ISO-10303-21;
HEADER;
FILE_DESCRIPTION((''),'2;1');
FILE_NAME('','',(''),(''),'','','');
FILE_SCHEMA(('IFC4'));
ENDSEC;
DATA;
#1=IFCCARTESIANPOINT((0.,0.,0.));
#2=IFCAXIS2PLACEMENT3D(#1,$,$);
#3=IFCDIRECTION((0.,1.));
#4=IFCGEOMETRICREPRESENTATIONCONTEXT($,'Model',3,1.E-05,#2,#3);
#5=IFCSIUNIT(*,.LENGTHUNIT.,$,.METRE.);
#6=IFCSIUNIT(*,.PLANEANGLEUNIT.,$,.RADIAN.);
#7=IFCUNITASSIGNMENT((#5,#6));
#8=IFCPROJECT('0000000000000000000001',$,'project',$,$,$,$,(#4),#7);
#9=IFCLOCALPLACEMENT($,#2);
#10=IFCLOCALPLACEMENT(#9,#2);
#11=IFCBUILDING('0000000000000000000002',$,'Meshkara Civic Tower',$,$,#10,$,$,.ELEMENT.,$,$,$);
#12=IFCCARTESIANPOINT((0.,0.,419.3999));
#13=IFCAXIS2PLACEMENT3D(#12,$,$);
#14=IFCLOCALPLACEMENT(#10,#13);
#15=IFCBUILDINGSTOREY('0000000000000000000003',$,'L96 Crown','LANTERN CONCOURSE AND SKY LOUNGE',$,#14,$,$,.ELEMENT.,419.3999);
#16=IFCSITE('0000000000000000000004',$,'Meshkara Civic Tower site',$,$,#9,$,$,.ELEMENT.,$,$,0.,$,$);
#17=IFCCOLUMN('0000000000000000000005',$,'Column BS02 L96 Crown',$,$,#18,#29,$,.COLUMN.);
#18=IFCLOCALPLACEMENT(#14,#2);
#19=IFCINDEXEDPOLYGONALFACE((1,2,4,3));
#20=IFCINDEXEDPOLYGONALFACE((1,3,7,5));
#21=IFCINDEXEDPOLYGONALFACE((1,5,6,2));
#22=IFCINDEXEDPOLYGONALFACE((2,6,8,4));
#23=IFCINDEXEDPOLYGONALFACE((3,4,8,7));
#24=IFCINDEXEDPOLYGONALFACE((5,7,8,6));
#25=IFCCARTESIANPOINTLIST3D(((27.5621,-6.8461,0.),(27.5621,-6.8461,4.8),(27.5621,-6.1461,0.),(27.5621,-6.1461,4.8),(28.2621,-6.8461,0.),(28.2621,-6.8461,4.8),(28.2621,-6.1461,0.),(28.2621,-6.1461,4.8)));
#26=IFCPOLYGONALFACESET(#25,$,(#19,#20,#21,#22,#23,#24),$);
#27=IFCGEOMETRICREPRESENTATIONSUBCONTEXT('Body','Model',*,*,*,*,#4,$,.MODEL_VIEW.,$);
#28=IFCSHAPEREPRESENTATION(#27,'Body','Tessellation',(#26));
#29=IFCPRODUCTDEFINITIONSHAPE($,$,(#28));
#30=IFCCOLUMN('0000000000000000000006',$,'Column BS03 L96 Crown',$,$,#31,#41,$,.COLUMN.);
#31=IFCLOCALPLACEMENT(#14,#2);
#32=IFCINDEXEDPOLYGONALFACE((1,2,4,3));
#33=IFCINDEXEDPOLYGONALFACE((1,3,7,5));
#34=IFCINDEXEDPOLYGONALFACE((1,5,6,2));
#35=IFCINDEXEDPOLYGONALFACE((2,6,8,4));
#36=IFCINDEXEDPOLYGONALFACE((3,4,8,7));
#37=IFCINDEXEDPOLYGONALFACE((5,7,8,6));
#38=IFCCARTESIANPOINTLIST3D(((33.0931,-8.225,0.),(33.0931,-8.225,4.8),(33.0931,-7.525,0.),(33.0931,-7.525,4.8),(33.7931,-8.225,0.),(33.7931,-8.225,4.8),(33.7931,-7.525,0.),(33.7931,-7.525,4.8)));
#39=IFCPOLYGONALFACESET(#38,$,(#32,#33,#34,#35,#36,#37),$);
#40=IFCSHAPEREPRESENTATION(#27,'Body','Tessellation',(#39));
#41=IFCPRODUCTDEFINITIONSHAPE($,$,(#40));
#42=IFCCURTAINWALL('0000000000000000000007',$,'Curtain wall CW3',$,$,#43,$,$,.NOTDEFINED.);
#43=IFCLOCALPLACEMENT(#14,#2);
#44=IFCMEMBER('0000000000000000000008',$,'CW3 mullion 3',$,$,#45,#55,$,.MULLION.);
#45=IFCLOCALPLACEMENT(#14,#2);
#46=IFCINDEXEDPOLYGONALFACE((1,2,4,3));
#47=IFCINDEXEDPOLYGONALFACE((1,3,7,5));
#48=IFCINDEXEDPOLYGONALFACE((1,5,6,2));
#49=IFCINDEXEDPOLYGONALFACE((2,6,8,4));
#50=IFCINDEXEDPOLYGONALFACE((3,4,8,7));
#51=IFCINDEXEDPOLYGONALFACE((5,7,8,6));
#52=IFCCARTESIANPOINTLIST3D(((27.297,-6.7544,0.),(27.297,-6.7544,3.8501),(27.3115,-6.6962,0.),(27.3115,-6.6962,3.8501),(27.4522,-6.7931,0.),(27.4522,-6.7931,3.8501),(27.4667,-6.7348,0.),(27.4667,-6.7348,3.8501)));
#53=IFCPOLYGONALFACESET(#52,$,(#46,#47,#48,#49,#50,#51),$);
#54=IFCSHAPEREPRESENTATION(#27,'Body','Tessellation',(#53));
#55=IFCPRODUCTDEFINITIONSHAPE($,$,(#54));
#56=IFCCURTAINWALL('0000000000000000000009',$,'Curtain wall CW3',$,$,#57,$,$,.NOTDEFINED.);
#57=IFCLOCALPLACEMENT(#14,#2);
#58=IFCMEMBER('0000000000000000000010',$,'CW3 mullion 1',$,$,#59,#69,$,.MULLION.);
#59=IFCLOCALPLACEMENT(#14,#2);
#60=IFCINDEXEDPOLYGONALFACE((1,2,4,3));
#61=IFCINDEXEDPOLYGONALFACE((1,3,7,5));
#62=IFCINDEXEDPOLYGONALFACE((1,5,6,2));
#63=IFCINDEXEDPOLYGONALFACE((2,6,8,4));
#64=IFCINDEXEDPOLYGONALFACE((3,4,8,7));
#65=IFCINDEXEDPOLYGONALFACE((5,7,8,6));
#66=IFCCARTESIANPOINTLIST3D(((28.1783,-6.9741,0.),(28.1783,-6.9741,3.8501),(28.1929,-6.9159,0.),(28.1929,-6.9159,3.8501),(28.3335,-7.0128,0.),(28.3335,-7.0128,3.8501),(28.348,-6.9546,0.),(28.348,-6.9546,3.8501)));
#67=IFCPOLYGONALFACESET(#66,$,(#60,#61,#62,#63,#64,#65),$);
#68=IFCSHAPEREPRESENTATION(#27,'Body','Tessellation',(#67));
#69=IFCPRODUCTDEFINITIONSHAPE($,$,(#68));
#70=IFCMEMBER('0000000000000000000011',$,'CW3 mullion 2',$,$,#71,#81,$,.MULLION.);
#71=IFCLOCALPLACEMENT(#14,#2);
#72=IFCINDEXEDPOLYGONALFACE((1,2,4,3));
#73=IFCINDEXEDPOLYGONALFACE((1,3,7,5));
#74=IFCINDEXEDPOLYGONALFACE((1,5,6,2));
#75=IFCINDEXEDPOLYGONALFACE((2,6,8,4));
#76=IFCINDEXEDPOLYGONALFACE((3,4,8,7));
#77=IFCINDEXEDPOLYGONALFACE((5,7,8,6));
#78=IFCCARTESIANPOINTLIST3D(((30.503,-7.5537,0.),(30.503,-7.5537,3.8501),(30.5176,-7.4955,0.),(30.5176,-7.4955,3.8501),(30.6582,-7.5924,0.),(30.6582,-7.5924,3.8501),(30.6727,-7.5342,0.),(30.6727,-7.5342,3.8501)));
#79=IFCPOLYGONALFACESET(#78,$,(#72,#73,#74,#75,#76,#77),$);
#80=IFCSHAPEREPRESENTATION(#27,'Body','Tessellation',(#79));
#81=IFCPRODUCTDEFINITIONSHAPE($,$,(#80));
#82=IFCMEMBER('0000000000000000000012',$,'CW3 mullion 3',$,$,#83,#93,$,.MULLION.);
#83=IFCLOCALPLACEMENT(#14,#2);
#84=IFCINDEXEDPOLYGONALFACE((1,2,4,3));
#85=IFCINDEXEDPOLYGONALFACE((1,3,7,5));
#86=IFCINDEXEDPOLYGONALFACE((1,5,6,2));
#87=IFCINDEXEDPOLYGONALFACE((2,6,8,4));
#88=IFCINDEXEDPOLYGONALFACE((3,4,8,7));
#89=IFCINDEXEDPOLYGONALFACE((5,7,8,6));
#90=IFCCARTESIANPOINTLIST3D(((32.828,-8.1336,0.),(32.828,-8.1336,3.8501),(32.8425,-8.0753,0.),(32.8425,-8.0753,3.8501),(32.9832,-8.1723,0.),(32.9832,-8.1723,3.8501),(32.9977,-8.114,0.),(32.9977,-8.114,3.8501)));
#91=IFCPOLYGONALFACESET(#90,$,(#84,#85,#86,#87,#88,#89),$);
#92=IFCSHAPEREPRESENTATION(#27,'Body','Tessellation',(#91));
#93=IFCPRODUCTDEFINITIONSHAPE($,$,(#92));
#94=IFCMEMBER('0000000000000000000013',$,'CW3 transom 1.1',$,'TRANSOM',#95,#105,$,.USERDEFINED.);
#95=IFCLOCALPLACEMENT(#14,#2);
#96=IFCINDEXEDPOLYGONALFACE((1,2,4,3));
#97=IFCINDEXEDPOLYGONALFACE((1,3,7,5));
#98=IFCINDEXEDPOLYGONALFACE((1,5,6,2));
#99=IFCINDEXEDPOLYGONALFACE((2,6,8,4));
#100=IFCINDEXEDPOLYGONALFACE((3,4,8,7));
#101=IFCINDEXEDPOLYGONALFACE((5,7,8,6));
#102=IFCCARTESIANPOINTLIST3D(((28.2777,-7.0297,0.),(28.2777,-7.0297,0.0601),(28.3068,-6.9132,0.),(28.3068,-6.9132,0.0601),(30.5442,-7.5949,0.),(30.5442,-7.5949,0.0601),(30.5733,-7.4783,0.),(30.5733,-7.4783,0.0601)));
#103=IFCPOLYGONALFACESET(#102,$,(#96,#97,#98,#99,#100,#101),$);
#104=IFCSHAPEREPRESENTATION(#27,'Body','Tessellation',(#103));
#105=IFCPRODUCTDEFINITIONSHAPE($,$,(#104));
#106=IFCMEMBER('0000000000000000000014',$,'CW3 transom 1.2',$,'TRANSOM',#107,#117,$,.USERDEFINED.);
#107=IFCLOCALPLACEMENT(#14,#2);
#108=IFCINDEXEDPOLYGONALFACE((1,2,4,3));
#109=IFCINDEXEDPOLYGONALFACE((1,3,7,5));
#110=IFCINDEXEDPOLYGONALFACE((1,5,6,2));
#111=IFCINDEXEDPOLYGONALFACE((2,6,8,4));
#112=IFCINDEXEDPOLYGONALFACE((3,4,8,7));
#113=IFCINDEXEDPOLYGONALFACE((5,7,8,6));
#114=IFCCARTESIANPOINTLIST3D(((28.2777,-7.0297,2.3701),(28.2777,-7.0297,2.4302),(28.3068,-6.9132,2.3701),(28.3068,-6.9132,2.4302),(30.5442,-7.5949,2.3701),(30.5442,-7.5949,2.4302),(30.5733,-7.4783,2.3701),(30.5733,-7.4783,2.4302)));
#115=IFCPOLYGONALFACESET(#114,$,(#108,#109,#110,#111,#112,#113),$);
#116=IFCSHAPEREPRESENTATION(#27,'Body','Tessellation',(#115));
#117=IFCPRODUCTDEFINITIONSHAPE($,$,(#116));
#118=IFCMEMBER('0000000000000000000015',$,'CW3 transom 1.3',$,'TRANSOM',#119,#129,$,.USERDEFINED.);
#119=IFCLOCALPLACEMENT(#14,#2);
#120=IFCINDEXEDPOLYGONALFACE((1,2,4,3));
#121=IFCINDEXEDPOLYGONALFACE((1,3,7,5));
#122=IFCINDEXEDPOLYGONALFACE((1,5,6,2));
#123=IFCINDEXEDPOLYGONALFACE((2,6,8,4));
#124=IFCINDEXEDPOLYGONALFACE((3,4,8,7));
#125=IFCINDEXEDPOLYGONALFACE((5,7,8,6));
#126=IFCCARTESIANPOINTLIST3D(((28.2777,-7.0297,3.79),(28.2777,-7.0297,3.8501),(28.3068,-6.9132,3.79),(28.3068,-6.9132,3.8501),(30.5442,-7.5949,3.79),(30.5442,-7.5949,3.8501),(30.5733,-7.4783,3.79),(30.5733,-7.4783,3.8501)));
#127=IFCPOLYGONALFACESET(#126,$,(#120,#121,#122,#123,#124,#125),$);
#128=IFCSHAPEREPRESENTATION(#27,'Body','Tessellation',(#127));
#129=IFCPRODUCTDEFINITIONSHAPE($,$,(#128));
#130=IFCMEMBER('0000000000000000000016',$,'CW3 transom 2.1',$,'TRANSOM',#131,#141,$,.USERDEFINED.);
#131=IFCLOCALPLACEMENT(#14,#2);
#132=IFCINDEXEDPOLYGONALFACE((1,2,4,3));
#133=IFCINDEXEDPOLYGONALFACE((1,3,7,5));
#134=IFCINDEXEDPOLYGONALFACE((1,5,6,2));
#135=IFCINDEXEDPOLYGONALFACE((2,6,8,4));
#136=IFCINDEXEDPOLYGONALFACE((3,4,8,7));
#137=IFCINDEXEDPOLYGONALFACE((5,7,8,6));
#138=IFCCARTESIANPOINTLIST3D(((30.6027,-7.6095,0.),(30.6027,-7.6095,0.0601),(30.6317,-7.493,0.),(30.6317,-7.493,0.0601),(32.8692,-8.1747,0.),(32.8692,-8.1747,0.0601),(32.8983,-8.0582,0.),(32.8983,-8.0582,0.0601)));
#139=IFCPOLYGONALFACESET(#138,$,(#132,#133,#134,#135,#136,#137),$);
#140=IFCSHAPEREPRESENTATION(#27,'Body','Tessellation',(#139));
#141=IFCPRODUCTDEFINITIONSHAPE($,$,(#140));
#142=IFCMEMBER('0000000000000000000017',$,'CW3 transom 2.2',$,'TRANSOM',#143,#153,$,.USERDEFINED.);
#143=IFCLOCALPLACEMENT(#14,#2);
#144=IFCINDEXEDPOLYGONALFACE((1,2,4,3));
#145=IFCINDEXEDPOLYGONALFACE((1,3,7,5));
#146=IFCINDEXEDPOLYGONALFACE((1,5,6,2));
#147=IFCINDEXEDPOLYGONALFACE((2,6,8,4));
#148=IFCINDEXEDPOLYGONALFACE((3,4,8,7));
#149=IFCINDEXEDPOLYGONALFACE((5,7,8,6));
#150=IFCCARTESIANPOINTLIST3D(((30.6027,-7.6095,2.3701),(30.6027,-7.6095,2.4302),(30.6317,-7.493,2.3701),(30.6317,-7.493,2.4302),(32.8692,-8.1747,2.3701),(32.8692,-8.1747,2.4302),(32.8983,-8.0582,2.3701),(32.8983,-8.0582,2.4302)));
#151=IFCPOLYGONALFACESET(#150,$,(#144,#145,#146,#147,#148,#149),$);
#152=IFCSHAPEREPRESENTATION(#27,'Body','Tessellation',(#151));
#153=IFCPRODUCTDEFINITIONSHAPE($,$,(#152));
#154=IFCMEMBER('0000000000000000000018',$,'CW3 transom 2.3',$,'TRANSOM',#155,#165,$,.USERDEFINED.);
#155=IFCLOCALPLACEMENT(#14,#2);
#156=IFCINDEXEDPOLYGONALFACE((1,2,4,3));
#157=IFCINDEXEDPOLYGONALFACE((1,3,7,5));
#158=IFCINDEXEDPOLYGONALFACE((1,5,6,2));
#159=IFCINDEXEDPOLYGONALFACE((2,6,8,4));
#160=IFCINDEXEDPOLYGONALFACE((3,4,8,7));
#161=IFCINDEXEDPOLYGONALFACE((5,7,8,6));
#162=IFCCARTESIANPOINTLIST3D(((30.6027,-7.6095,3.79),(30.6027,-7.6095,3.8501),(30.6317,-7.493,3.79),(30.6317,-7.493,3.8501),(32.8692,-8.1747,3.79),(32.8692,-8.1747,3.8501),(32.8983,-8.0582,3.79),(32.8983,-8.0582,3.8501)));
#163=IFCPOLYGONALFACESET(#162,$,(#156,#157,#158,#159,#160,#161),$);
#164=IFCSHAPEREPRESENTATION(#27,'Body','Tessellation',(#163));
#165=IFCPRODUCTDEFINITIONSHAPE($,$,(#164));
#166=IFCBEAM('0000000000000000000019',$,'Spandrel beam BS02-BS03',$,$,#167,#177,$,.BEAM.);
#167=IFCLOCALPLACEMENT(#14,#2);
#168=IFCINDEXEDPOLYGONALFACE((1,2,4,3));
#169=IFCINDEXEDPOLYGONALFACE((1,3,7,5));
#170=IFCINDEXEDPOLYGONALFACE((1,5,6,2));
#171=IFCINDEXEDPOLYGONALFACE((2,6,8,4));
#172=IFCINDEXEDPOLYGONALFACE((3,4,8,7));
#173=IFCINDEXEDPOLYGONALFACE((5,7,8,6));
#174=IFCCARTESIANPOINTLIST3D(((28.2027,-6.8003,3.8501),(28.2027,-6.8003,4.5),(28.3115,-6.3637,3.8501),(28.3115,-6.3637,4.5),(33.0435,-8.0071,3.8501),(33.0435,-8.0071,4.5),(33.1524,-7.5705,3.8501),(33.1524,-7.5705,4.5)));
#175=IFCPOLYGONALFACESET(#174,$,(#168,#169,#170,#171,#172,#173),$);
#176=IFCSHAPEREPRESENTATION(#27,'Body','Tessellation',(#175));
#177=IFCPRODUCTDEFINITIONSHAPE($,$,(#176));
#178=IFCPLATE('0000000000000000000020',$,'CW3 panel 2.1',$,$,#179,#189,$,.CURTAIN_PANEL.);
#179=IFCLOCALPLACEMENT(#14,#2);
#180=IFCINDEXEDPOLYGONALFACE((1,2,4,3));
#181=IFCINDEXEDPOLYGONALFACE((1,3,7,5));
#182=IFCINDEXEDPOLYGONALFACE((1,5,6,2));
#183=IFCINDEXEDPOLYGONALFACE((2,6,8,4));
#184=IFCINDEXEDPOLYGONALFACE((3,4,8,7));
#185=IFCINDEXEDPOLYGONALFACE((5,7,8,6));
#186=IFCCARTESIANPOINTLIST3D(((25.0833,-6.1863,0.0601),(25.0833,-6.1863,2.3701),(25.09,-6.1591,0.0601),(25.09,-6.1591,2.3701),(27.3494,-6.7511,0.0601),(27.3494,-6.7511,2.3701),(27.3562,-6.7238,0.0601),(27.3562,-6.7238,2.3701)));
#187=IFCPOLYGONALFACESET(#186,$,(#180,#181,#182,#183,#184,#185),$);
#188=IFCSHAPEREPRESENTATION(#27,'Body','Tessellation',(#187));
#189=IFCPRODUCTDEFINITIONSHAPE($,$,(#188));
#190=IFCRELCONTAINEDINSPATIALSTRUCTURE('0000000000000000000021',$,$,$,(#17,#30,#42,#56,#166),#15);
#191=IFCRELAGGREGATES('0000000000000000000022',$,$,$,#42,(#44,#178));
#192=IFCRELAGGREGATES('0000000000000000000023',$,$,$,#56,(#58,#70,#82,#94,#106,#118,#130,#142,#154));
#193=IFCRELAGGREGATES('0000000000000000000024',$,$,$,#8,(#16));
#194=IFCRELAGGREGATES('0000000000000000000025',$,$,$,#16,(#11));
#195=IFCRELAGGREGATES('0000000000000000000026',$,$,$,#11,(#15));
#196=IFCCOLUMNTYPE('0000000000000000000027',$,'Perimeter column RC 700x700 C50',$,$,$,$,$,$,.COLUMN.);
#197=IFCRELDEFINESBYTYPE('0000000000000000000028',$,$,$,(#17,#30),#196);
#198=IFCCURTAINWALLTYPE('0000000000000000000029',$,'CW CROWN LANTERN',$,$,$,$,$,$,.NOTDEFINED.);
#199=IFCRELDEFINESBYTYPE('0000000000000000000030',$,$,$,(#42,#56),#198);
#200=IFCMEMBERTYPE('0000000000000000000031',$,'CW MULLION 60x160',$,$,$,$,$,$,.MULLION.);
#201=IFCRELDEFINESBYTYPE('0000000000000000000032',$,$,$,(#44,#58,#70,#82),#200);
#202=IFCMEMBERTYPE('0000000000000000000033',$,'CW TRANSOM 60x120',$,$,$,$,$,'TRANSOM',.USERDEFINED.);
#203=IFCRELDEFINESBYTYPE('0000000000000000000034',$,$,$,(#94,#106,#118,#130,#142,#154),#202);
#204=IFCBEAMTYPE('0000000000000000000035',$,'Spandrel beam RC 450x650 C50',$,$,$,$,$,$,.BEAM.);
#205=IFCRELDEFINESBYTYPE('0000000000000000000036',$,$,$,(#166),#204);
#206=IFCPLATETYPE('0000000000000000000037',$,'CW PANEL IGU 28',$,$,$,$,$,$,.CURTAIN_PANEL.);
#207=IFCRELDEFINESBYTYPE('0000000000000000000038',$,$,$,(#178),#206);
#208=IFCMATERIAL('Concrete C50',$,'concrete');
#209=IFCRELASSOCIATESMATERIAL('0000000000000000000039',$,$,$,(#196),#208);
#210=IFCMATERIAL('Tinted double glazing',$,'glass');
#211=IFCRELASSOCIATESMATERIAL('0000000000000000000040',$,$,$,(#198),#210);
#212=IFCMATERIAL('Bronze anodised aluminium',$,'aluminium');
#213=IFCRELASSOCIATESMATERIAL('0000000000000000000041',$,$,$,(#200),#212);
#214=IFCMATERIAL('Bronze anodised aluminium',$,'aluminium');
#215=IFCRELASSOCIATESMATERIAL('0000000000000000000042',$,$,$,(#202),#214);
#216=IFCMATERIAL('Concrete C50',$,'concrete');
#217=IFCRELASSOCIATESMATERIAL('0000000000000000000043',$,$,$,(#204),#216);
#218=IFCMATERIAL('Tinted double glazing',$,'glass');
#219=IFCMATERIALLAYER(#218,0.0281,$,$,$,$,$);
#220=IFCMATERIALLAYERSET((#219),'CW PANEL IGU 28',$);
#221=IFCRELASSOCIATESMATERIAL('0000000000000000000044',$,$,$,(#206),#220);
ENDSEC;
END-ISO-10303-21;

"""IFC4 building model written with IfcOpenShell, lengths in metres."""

from ifc_helpers import new_model, si_unit, direction, frame, origin, origin_2d, place, context, subcontext, project, spatial, rectangle, extrude, material, layer, layer_set, material_profile, profile_set, type_object, element, aggregate, save


model = new_model("IFC4")

# Units and contexts
model_context = context("Model", 3, precision=1e-05, world=origin(), true_north=direction((0.0, 1.0)))
body_context = subcontext(model_context, "Body", "Model", "MODEL_VIEW")
ifc_project = project(units=[si_unit("LENGTHUNIT", "METRE"), si_unit("PLANEANGLEUNIT", "RADIAN")], contexts=[model_context])

# Site, building, storey
site_placement = place(None, origin())
site = spatial("IfcSite", under=ifc_project, at=site_placement, Name="Meshkara Civic Tower site", CompositionType="ELEMENT", RefElevation=0.0)
building_placement = place(site_placement, origin())
building = spatial("IfcBuilding", under=site, at=building_placement, Name="Meshkara Civic Tower", CompositionType="ELEMENT")
storey_placement = place(building_placement, frame((0.0, 0.0, 419.3999)))
storey = spatial("IfcBuildingStorey", under=building, at=storey_placement, Name="L96 Crown", Description="LANTERN CONCOURSE AND SKY LOUNGE", CompositionType="ELEMENT", Elevation=419.3999)

# Columns
ifc_material_1 = material(Name="Concrete C50", Category="concrete")
ifc_material_profile_1 = material_profile(ifc_material_1, rectangle(XDim=0.7, YDim=0.7, at=origin_2d()))
ifc_profile_set_1 = profile_set([ifc_material_profile_1], Name="Concrete C50")
column_type = type_object("IfcColumnType", Name="Perimeter column RC 700x700 C50", PredefinedType="COLUMN", material=ifc_profile_set_1)
for number, where, z_axis, x_axis, name in (
    (1, (27.9121, -6.4961, 0.0), (0.0, 0.0, 1.0), (1.0, 0.0, 0.0), "Column BS02 L96 Crown"),
    (2, (33.4431, -7.875, 0.0), (0.0, 0.0, 1.0), (1.0, 0.0, 0.0), "Column BS03 L96 Crown"),
):
    element("IfcColumn", number, at=place(storey_placement, frame(where, z_axis=z_axis, x_axis=x_axis)), inside=storey, type_object=column_type, Name=name, PredefinedType="COLUMN", context=body_context, shape_type="SweptSolid", body=[
        extrude(rectangle(XDim=0.7, YDim=0.7, at=origin_2d()), origin(), (0.0, 0.0, 1.0), 4.8),
    ])

# Curtain wall, member
ifc_material_2 = material(Name="Tinted double glazing", Category="glass")
curtain_wall_type = type_object("IfcCurtainWallType", Name="CW CROWN LANTERN", PredefinedType="NOTDEFINED", material=ifc_material_2)
curtain_wall_1_placement = place(storey_placement, origin())
curtain_wall_1 = element("IfcCurtainWall", 3, at=curtain_wall_1_placement, inside=storey, type_object=curtain_wall_type, Name="Curtain wall CW3", PredefinedType="NOTDEFINED")
ifc_material_3 = material(Name="Bronze anodised aluminium", Category="aluminium")
ifc_material_profile_2 = material_profile(ifc_material_3, rectangle(XDim=0.0601, YDim=0.1599, at=origin_2d()))
ifc_profile_set_2 = profile_set([ifc_material_profile_2], Name="Bronze anodised aluminium")
member_type_1 = type_object("IfcMemberType", Name="CW MULLION 60x160", PredefinedType="MULLION", material=ifc_profile_set_2)
member_1_placement = place(storey_placement, frame((27.3818, -6.7446, 0.0), z_axis=(0.0, 0.0, 1.0), x_axis=(0.241808, 0.970324, 0.0)))
member_1 = element("IfcMember", 4, at=member_1_placement, type_object=member_type_1, Name="CW3 mullion 3", PredefinedType="MULLION", context=body_context, shape_type="SweptSolid", body=[
    extrude(rectangle(XDim=0.0601, YDim=0.1599, at=origin_2d()), origin(), (0.0, 0.0, 1.0), 3.8501),
])

# Curtain wall, members
curtain_wall_2_placement = place(storey_placement, origin())
curtain_wall_2 = element("IfcCurtainWall", 5, at=curtain_wall_2_placement, inside=storey, type_object=curtain_wall_type, Name="Curtain wall CW3", PredefinedType="NOTDEFINED")
member_2_placement = place(storey_placement, frame((28.2632, -6.9644, 0.0), z_axis=(0.0, 0.0, 1.0), x_axis=(0.241954, 0.970288, 0.0)))
member_2 = element("IfcMember", 6, at=member_2_placement, type_object=member_type_1, Name="CW3 mullion 1", PredefinedType="MULLION", context=body_context, shape_type="SweptSolid", body=[
    extrude(rectangle(XDim=0.0601, YDim=0.1599, at=origin_2d()), origin(), (0.0, 0.0, 1.0), 3.8501),
])
member_3_placement = place(storey_placement, frame((30.5879, -7.5439, 0.0), z_axis=(0.0, 0.0, 1.0), x_axis=(0.241954, 0.970288, 0.0)))
member_3 = element("IfcMember", 7, at=member_3_placement, type_object=member_type_1, Name="CW3 mullion 2", PredefinedType="MULLION", context=body_context, shape_type="SweptSolid", body=[
    extrude(rectangle(XDim=0.0601, YDim=0.1599, at=origin_2d()), origin(), (0.0, 0.0, 1.0), 3.8501),
])
member_4_placement = place(storey_placement, frame((32.9128, -8.1238, 0.0), z_axis=(0.0, 0.0, 1.0), x_axis=(0.241954, 0.970288, 0.0)))
member_4 = element("IfcMember", 8, at=member_4_placement, type_object=member_type_1, Name="CW3 mullion 3", PredefinedType="MULLION", context=body_context, shape_type="SweptSolid", body=[
    extrude(rectangle(XDim=0.0601, YDim=0.1599, at=origin_2d()), origin(), (0.0, 0.0, 1.0), 3.8501),
])
ifc_material_4 = material(Name="Bronze anodised aluminium", Category="aluminium")
ifc_material_profile_3 = material_profile(ifc_material_4, rectangle(XDim=0.1201, YDim=0.0601, at=origin_2d()))
ifc_profile_set_3 = profile_set([ifc_material_profile_3], Name="Bronze anodised aluminium")
member_type_2 = type_object("IfcMemberType", Name="CW TRANSOM 60x120", ElementType="TRANSOM", PredefinedType="USERDEFINED", material=ifc_profile_set_3)
member_5_placement = place(storey_placement, frame((28.2922, -6.9714, 0.03), z_axis=(0.97029, -0.241945, 0.0), x_axis=(0.241945, 0.97029, 0.0)))
member_5 = element("IfcMember", 9, at=member_5_placement, type_object=member_type_2, Name="CW3 transom 1.1", ObjectType="TRANSOM", PredefinedType="USERDEFINED", context=body_context, shape_type="SweptSolid", body=[
    extrude(rectangle(XDim=0.1201, YDim=0.0601, at=origin_2d()), origin(), (0.0, 0.0, 1.0), 2.3359),
])
member_6_placement = place(storey_placement, frame((28.2922, -6.9714, 2.4001), z_axis=(0.97029, -0.241945, 0.0), x_axis=(0.241945, 0.97029, 0.0)))
member_6 = element("IfcMember", 10, at=member_6_placement, type_object=member_type_2, Name="CW3 transom 1.2", ObjectType="TRANSOM", PredefinedType="USERDEFINED", context=body_context, shape_type="SweptSolid", body=[
    extrude(rectangle(XDim=0.1201, YDim=0.0601, at=origin_2d()), origin(), (0.0, 0.0, 1.0), 2.3359),
])
member_7_placement = place(storey_placement, frame((28.2922, -6.9714, 3.8201), z_axis=(0.97029, -0.241945, 0.0), x_axis=(0.241945, 0.97029, 0.0)))
member_7 = element("IfcMember", 11, at=member_7_placement, type_object=member_type_2, Name="CW3 transom 1.3", ObjectType="TRANSOM", PredefinedType="USERDEFINED", context=body_context, shape_type="SweptSolid", body=[
    extrude(rectangle(XDim=0.1201, YDim=0.0601, at=origin_2d()), origin(), (0.0, 0.0, 1.0), 2.3359),
])
member_8_placement = place(storey_placement, frame((30.6172, -7.5513, 0.03), z_axis=(0.97029, -0.241945, 0.0), x_axis=(0.241945, 0.97029, 0.0)))
member_8 = element("IfcMember", 12, at=member_8_placement, type_object=member_type_2, Name="CW3 transom 2.1", ObjectType="TRANSOM", PredefinedType="USERDEFINED", context=body_context, shape_type="SweptSolid", body=[
    extrude(rectangle(XDim=0.1201, YDim=0.0601, at=origin_2d()), origin(), (0.0, 0.0, 1.0), 2.3359),
])
member_9_placement = place(storey_placement, frame((30.6172, -7.5513, 2.4001), z_axis=(0.97029, -0.241945, 0.0), x_axis=(0.241945, 0.97029, 0.0)))
member_9 = element("IfcMember", 13, at=member_9_placement, type_object=member_type_2, Name="CW3 transom 2.2", ObjectType="TRANSOM", PredefinedType="USERDEFINED", context=body_context, shape_type="SweptSolid", body=[
    extrude(rectangle(XDim=0.1201, YDim=0.0601, at=origin_2d()), origin(), (0.0, 0.0, 1.0), 2.3359),
])
member_10_placement = place(storey_placement, frame((30.6172, -7.5513, 3.8201), z_axis=(0.97029, -0.241945, 0.0), x_axis=(0.241945, 0.97029, 0.0)))
member_10 = element("IfcMember", 14, at=member_10_placement, type_object=member_type_2, Name="CW3 transom 2.3", ObjectType="TRANSOM", PredefinedType="USERDEFINED", context=body_context, shape_type="SweptSolid", body=[
    extrude(rectangle(XDim=0.1201, YDim=0.0601, at=origin_2d()), origin(), (0.0, 0.0, 1.0), 2.3359),
])

# Beam
ifc_material_5 = material(Name="Concrete C50", Category="concrete")
ifc_material_profile_4 = material_profile(ifc_material_5, rectangle(XDim=0.45, YDim=0.6499, at=origin_2d()))
ifc_profile_set_4 = profile_set([ifc_material_profile_4], Name="Concrete C50")
beam_type = type_object("IfcBeamType", Name="Spandrel beam RC 450x650 C50", PredefinedType="BEAM", material=ifc_profile_set_4)
beam_placement = place(storey_placement, frame((28.2571, -6.582, 4.175), z_axis=(0.970303, -0.241891, 0.0), x_axis=(0.241891, 0.970303, 0.0)))
element("IfcBeam", 15, at=beam_placement, inside=storey, type_object=beam_type, Name="Spandrel beam BS02-BS03", PredefinedType="BEAM", context=body_context, shape_type="SweptSolid", body=[
    extrude(rectangle(XDim=0.45, YDim=0.6499, at=origin_2d()), origin(), (0.0, 0.0, 1.0), 4.989),
])

# Plate
ifc_material_6 = material(Name="Tinted double glazing", Category="glass")
ifc_layer = layer(ifc_material_6, 0.0281)
ifc_layer_set = layer_set([ifc_layer], Name="CW PANEL IGU 28")
plate_type = type_object("IfcPlateType", Name="CW PANEL IGU 28", PredefinedType="CURTAIN_PANEL", material=ifc_layer_set)
plate_1_placement = place(storey_placement, frame((26.2197, -6.4551, 0.0601), z_axis=(0.0, 0.0, 1.0), x_axis=(0.970324, -0.241808, 0.0)))
plate_1 = element("IfcPlate", 16, at=plate_1_placement, type_object=plate_type, Name="CW3 panel 2.1", PredefinedType="CURTAIN_PANEL", context=body_context, shape_type="SweptSolid", body=[
    extrude(rectangle(XDim=2.3354, YDim=0.0281, at=origin_2d()), origin(), (0.0, 0.0, 1.0), 2.3101),
])
aggregate(curtain_wall_1, [member_1, plate_1])
aggregate(curtain_wall_2, [member_2, member_3, member_4, member_5, member_6, member_7, member_8, member_9, member_10])

save(model, "model.ifc")
